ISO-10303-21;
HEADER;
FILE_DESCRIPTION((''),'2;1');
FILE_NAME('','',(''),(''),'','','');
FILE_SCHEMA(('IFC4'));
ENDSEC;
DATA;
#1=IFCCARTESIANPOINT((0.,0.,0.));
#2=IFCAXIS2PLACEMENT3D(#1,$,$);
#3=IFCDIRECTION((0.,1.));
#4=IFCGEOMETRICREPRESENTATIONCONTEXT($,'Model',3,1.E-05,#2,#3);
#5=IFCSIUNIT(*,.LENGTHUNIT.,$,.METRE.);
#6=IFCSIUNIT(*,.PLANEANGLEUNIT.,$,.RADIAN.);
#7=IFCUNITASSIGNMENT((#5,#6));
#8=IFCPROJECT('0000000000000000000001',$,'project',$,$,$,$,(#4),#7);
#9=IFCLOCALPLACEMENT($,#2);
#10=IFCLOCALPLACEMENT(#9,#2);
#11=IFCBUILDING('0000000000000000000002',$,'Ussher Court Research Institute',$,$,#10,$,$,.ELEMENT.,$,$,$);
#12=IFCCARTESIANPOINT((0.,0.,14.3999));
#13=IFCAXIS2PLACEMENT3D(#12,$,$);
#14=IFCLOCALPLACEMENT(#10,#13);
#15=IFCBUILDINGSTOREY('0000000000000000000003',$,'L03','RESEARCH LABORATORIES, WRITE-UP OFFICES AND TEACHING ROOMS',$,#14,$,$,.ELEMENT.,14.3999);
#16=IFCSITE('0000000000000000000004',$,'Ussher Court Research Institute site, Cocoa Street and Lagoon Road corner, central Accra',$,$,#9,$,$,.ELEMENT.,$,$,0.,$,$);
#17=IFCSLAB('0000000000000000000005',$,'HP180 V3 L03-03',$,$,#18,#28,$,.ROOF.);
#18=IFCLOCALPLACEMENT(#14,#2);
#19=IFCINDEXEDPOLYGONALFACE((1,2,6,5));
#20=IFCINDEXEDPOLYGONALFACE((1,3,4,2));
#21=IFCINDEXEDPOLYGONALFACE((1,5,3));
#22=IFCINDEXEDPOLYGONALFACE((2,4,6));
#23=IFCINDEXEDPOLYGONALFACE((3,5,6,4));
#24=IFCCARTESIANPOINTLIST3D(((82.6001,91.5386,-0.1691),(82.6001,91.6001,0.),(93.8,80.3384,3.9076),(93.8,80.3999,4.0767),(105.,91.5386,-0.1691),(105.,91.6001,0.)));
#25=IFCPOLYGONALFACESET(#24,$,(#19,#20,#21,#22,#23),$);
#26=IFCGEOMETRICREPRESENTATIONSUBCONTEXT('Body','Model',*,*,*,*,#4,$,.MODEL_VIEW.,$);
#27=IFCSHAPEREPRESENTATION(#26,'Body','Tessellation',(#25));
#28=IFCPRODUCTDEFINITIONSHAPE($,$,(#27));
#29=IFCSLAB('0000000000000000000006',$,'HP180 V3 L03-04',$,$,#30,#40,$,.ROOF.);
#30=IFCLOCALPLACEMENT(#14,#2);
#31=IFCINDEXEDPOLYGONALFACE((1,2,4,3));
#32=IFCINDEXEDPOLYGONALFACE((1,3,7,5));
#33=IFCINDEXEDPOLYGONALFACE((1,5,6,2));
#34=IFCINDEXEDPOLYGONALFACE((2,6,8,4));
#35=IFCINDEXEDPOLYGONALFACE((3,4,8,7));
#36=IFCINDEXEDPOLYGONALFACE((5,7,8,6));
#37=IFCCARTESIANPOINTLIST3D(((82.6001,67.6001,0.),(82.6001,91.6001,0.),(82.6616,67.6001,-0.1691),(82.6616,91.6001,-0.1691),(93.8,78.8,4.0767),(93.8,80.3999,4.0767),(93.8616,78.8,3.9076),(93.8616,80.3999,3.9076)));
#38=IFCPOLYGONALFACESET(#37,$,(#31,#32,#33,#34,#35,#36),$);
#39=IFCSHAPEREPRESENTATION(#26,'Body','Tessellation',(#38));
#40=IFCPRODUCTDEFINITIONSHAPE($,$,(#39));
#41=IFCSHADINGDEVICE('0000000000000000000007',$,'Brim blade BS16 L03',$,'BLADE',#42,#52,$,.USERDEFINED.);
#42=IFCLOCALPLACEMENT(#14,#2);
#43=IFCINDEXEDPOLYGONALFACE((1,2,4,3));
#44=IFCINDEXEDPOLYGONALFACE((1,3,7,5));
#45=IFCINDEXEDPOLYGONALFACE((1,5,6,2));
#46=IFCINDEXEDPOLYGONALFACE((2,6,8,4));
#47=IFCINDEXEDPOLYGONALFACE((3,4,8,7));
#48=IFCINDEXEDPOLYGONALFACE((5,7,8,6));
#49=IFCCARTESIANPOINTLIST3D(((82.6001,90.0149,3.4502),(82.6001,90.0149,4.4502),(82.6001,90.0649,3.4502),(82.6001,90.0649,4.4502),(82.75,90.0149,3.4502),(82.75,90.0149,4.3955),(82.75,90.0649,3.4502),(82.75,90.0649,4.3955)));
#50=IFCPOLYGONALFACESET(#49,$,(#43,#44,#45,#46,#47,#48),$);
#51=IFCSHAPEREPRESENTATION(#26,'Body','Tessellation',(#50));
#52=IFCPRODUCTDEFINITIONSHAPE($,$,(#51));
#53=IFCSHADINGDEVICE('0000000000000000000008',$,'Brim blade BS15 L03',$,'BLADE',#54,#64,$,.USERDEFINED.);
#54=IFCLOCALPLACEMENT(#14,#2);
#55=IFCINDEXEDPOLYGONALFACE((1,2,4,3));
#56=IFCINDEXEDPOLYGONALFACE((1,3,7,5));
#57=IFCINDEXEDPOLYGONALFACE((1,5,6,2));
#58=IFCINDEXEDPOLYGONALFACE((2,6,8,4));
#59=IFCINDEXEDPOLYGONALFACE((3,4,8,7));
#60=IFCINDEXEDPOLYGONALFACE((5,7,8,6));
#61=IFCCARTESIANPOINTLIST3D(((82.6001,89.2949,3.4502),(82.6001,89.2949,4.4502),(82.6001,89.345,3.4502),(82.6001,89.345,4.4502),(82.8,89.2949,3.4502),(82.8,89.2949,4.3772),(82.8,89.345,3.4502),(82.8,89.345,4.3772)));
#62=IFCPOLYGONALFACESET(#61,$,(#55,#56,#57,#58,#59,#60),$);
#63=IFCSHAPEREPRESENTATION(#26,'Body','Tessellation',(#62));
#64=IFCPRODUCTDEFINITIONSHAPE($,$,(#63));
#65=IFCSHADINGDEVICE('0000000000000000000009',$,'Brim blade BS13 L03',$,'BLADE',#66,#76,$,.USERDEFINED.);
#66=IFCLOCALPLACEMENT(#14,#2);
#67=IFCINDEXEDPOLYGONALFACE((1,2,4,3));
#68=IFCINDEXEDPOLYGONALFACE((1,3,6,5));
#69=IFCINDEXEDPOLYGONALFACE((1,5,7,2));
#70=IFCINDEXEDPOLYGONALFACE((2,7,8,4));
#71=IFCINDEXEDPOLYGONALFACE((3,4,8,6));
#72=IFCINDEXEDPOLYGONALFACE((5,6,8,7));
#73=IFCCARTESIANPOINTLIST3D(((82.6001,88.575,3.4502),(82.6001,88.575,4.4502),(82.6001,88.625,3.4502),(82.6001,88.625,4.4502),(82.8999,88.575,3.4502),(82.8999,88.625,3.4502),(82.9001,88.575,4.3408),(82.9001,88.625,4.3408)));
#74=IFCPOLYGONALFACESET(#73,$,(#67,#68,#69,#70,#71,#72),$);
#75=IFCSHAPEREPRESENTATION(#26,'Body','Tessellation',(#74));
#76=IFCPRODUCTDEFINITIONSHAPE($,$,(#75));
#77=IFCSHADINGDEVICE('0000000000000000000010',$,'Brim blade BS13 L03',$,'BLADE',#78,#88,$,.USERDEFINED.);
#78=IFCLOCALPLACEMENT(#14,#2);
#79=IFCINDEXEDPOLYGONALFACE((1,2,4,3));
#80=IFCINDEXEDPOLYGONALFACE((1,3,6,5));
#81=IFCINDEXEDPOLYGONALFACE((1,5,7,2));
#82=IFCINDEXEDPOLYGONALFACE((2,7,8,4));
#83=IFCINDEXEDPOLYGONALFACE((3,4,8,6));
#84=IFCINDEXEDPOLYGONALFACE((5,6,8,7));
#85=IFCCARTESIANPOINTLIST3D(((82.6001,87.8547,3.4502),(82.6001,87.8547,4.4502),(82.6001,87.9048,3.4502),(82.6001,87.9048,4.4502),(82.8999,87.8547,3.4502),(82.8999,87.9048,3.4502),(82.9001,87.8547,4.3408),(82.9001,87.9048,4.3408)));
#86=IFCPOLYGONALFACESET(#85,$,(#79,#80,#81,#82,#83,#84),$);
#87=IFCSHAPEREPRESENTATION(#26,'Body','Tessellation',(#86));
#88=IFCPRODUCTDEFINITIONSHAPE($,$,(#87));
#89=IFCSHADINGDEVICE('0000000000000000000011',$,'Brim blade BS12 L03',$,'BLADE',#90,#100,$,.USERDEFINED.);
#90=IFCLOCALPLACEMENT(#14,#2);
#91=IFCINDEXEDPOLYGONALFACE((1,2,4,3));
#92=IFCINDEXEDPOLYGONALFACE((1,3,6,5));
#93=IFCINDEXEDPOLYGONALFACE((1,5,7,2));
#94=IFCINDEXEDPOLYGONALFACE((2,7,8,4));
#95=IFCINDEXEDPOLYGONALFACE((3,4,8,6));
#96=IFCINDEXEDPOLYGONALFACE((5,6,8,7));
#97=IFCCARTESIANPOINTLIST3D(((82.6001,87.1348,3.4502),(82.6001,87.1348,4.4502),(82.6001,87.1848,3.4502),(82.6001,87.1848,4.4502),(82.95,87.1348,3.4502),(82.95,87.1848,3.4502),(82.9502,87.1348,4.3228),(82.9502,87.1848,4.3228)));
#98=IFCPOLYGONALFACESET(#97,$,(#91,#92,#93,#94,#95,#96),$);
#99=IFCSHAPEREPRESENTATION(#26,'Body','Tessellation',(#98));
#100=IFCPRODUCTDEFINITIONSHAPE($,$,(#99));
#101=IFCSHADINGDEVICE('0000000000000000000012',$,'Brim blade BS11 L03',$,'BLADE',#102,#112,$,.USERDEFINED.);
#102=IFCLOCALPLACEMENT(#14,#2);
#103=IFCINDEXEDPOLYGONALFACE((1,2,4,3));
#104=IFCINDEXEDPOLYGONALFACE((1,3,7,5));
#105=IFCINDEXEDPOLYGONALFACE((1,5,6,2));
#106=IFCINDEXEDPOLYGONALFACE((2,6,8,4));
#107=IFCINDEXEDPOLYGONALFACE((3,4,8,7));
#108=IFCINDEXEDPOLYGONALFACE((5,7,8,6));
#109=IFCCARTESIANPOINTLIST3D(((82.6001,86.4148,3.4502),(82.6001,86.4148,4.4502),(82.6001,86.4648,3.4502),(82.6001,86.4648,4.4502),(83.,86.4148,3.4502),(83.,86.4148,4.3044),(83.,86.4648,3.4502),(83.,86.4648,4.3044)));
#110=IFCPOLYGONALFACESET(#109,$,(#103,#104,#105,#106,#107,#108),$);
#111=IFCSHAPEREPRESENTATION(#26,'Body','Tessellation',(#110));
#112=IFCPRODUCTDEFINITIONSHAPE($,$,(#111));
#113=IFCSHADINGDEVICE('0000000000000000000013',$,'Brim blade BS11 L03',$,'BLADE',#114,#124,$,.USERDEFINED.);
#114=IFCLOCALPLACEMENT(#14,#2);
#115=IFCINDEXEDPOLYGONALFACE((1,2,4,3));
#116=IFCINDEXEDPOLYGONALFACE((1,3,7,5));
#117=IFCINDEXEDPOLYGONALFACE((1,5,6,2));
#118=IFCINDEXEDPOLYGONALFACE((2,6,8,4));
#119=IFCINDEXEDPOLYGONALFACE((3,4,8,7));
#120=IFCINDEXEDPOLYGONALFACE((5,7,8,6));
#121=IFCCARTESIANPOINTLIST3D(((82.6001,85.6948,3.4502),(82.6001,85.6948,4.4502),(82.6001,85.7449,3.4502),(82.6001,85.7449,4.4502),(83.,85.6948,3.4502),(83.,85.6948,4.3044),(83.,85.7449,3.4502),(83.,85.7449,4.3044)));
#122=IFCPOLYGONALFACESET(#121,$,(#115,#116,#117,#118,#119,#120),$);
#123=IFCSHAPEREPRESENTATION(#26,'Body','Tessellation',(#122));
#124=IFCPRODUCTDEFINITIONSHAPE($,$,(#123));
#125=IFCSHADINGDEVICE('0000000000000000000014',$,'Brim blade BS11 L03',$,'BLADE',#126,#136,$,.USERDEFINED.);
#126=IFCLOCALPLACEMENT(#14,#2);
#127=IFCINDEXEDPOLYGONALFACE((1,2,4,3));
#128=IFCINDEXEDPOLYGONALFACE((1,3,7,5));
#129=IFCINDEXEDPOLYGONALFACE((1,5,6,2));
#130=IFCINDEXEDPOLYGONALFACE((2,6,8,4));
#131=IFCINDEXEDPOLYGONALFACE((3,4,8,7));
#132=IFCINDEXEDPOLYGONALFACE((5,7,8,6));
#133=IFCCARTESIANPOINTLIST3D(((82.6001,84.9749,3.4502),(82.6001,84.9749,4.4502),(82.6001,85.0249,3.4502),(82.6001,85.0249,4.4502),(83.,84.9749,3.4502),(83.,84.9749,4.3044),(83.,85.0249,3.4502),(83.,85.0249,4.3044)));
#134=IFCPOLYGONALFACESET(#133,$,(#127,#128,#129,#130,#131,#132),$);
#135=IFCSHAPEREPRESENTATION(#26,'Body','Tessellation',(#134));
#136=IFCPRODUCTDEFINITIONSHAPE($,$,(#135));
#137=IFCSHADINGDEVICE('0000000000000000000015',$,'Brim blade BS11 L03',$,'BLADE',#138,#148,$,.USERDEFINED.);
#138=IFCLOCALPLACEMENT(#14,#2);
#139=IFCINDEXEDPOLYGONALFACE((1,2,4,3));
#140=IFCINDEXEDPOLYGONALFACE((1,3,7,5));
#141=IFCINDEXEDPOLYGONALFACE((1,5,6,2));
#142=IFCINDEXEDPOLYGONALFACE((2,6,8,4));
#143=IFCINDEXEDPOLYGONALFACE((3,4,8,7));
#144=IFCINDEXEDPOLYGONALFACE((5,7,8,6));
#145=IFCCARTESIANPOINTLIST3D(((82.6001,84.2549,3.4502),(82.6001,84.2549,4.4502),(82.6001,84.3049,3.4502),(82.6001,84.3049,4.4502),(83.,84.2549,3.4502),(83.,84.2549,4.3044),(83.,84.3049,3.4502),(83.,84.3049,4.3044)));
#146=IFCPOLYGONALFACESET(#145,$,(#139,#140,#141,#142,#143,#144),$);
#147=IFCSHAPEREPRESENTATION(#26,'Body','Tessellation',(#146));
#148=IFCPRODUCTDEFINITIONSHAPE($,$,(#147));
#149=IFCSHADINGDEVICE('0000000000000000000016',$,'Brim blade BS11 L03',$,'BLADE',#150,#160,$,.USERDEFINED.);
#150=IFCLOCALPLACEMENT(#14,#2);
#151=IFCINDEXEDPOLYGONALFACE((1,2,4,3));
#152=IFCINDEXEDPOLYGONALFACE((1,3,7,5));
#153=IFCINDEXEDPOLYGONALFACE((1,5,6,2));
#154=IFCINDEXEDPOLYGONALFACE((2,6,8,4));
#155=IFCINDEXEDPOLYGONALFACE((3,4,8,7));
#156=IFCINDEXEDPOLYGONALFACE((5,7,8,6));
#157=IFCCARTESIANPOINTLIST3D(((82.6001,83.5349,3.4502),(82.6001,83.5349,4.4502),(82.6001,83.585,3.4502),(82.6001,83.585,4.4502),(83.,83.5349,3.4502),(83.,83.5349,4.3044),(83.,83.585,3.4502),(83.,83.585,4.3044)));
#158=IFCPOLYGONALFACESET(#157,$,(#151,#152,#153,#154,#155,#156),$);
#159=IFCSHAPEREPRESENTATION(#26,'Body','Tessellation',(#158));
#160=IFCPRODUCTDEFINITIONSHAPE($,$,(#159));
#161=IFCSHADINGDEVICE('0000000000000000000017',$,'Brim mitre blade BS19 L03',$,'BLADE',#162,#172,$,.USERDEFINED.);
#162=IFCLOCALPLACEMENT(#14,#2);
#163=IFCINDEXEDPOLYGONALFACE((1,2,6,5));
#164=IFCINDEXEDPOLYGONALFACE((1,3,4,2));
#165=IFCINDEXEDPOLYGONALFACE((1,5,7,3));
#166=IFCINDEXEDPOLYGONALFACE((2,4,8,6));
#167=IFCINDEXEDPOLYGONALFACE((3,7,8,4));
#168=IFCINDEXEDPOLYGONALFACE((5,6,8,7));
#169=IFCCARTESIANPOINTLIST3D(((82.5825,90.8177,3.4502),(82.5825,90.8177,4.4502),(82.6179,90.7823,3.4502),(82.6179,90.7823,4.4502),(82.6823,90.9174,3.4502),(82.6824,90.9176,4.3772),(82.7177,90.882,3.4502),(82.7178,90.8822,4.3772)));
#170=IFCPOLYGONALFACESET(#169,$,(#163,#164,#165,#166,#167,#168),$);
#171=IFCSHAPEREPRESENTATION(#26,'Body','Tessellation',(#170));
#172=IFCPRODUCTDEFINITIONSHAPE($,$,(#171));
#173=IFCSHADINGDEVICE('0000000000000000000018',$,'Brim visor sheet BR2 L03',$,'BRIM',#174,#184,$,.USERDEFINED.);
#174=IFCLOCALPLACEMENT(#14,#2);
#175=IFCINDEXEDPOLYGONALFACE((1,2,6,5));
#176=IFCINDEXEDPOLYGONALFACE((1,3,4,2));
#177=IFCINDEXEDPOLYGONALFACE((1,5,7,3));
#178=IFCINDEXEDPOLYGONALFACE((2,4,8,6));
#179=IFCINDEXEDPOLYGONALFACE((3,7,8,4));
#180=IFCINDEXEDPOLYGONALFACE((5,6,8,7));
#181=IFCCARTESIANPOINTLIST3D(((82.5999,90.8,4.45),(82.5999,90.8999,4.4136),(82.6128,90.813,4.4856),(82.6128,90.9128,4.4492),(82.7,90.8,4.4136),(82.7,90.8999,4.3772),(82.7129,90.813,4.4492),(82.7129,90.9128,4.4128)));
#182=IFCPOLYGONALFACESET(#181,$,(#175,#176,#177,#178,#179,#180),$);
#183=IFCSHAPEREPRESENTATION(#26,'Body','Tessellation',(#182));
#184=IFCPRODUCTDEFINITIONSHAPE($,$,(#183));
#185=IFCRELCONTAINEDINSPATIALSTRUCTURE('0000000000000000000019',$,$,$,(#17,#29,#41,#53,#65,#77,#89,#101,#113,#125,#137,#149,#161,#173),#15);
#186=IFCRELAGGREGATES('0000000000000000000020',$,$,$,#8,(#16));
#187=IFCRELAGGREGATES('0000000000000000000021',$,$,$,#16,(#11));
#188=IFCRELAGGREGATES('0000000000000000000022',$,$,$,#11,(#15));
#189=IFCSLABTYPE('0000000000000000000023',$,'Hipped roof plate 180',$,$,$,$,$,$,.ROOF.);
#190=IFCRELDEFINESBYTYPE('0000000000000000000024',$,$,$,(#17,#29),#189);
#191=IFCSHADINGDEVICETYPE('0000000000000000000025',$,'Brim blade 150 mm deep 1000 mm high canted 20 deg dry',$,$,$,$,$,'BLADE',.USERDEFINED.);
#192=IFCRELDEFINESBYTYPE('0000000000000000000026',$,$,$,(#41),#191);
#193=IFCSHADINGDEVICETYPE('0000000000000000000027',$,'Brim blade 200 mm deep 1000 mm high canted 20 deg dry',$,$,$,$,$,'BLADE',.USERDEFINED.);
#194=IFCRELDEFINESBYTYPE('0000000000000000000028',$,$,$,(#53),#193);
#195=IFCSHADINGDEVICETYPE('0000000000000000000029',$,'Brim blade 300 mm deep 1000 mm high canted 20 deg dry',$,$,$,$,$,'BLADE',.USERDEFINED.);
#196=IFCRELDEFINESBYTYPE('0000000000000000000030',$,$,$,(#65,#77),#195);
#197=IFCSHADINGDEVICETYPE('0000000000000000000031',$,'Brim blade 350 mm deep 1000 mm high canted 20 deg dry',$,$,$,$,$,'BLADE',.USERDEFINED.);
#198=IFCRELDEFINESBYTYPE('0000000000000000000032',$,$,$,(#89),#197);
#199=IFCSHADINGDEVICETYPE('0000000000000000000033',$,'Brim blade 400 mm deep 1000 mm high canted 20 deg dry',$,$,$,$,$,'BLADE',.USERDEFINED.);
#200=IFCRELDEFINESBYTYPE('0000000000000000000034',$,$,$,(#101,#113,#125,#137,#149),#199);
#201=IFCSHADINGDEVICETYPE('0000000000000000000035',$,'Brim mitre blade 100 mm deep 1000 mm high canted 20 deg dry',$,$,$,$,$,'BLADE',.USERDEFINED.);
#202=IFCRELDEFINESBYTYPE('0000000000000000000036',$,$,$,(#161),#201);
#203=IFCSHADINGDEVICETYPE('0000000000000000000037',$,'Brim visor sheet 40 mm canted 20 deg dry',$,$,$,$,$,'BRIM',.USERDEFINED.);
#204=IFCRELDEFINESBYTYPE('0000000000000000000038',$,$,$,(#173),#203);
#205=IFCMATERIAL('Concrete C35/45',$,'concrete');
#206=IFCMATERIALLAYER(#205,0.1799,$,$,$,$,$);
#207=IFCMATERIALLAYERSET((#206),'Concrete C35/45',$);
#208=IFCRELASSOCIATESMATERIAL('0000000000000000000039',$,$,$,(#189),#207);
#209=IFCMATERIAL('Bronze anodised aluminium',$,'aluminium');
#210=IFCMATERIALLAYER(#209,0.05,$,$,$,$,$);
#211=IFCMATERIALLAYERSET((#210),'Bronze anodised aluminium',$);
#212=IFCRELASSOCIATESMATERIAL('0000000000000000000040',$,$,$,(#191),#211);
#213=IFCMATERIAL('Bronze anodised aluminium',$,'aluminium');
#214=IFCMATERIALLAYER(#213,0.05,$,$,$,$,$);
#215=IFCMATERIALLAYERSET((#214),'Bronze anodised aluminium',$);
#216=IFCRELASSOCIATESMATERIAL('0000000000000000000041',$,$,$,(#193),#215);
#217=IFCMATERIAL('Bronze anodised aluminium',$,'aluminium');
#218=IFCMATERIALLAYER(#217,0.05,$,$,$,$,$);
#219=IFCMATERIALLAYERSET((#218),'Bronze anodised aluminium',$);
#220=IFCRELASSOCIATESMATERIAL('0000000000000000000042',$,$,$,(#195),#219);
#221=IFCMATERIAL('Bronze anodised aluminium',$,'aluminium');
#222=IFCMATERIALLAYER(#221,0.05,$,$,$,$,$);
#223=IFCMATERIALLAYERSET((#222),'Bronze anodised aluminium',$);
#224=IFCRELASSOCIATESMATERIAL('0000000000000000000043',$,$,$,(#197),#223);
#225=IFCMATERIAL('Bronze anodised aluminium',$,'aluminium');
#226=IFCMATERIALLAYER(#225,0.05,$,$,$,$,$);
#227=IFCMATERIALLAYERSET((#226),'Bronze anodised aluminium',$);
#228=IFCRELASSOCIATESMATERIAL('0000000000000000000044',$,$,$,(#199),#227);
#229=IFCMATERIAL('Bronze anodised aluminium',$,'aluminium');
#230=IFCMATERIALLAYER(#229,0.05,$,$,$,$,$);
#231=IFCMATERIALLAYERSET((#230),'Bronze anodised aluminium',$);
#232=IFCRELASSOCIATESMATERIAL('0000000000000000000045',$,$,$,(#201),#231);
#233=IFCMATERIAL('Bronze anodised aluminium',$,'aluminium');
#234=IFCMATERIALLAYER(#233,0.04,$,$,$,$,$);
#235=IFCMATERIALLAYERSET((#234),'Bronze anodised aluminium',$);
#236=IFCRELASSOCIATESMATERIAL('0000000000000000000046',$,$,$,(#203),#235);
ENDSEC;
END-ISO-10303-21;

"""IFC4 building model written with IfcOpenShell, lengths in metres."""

from ifc_helpers import new_model, si_unit, direction, frame, origin, place, context, subcontext, project, spatial, polyline, outline, extrude, material, layer, layer_set, type_object, element, save


model = new_model("IFC4")

# Units and contexts
model_context = context("Model", 3, precision=1e-05, world=origin(), true_north=direction((0.0, 1.0)))
body_context = subcontext(model_context, "Body", "Model", "MODEL_VIEW")
ifc_project = project(units=[si_unit("LENGTHUNIT", "METRE"), si_unit("PLANEANGLEUNIT", "RADIAN")], contexts=[model_context])

# Site, building, storey
site_placement = place(None, origin())
site = spatial("IfcSite", under=ifc_project, at=site_placement, Name="Ussher Court Research Institute site, Cocoa Street and Lagoon Road corner, central Accra", CompositionType="ELEMENT", RefElevation=0.0)
building_placement = place(site_placement, origin())
building = spatial("IfcBuilding", under=site, at=building_placement, Name="Ussher Court Research Institute", CompositionType="ELEMENT")
storey_placement = place(building_placement, frame((0.0, 0.0, 14.3999)))
storey = spatial("IfcBuildingStorey", under=building, at=storey_placement, Name="L03", Description="RESEARCH LABORATORIES, WRITE-UP OFFICES AND TEACHING ROOMS", CompositionType="ELEMENT", Elevation=14.3999)

# Slabs
ifc_material_1 = material(Name="Concrete C35/45", Category="concrete")
ifc_layer_1 = layer(ifc_material_1, 0.1799)
ifc_layer_set_1 = layer_set([ifc_layer_1], Name="Concrete C35/45")
slab_type = type_object("IfcSlabType", Name="Hipped roof plate 180", PredefinedType="ROOF", material=ifc_layer_set_1)
slab_1_placement = place(storey_placement, frame((105.0, 91.6001, 0.0), z_axis=(0.0, 0.342029, 0.939689), x_axis=(-1.0, 0.0, 0.0)))
element("IfcSlab", 1, at=slab_1_placement, inside=storey, type_object=slab_type, Name="HP180 V3 L03-03", PredefinedType="ROOF", context=body_context, shape_type="SweptSolid", body=[
    extrude(outline(polyline([(0.0, 0.0), (22.3999, 0.0), (11.2, 11.919), (0.0, 0.0)])), origin(), (0.0, 0.0, -1.0), 0.1799),
])
slab_2_placement = place(storey_placement, frame((82.6001, 91.6001, 0.0), z_axis=(-0.342036, 0.0, 0.939687), x_axis=(0.0, -1.0, 0.0)))
element("IfcSlab", 2, at=slab_2_placement, inside=storey, type_object=slab_type, Name="HP180 V3 L03-04", PredefinedType="ROOF", context=body_context, shape_type="SweptSolid", body=[
    extrude(outline(polyline([(0.0, 0.0), (24.0, 0.0), (12.8, 11.9188), (11.2002, 11.9188), (0.0, 0.0)])), origin(), (0.0, 0.0, -1.0), 0.1799),
])

# Shading devices
ifc_material_2 = material(Name="Bronze anodised aluminium", Category="aluminium")
ifc_layer_2 = layer(ifc_material_2, 0.05)
ifc_layer_set_2 = layer_set([ifc_layer_2], Name="Bronze anodised aluminium")
shading_device_type_1 = type_object("IfcShadingDeviceType", Name="Brim blade 150 mm deep 1000 mm high canted 20 deg dry", ElementType="BLADE", PredefinedType="USERDEFINED", material=ifc_layer_set_2)
shading_device_1_placement = place(storey_placement, frame((82.6001, 90.04, 3.4502), z_axis=(0.0, 0.0, 1.0), x_axis=(1.0, 0.0, 0.0)))
element("IfcShadingDevice", 3, at=shading_device_1_placement, inside=storey, type_object=shading_device_type_1, Name="Brim blade BS16 L03", ObjectType="BLADE", PredefinedType="USERDEFINED", context=body_context, shape_type="SweptSolid", body=[
    extrude(outline(polyline([(0.0, 0.0), (0.1499, 0.0), (0.1499, 0.9453), (0.0, 1.0), (0.0, 0.0)])), frame((0.0, 0.0249, 0.0), z_axis=(0.0, -1.0, 0.0), x_axis=(1.0, 0.0, 0.0)), (0.0, 0.0, 1.0), 0.05),
])
ifc_material_3 = material(Name="Bronze anodised aluminium", Category="aluminium")
ifc_layer_3 = layer(ifc_material_3, 0.05)
ifc_layer_set_3 = layer_set([ifc_layer_3], Name="Bronze anodised aluminium")
shading_device_type_2 = type_object("IfcShadingDeviceType", Name="Brim blade 200 mm deep 1000 mm high canted 20 deg dry", ElementType="BLADE", PredefinedType="USERDEFINED", material=ifc_layer_set_3)
shading_device_2_placement = place(storey_placement, frame((82.6001, 89.3201, 3.4502), z_axis=(0.0, 0.0, 1.0), x_axis=(1.0, 0.0, 0.0)))
element("IfcShadingDevice", 4, at=shading_device_2_placement, inside=storey, type_object=shading_device_type_2, Name="Brim blade BS15 L03", ObjectType="BLADE", PredefinedType="USERDEFINED", context=body_context, shape_type="SweptSolid", body=[
    extrude(outline(polyline([(0.0, 0.0), (0.2, 0.0), (0.2, 0.927), (0.0, 1.0), (0.0, 0.0)])), frame((0.0, 0.0249, 0.0), z_axis=(0.0, -1.0, 0.0), x_axis=(1.0, 0.0, 0.0)), (0.0, 0.0, 1.0), 0.05),
])
ifc_material_4 = material(Name="Bronze anodised aluminium", Category="aluminium")
ifc_layer_4 = layer(ifc_material_4, 0.05)
ifc_layer_set_4 = layer_set([ifc_layer_4], Name="Bronze anodised aluminium")
shading_device_type_3 = type_object("IfcShadingDeviceType", Name="Brim blade 300 mm deep 1000 mm high canted 20 deg dry", ElementType="BLADE", PredefinedType="USERDEFINED", material=ifc_layer_set_4)
for number, where, z_axis, x_axis, name in (
    (5, (82.6001, 88.6001, 3.4502), (0.0, 0.0, 1.0), (1.0, 0.0, 0.0), "Brim blade BS13 L03"),
    (6, (82.6001, 87.8799, 3.4502), (0.0, 0.0, 1.0), (1.0, 0.0, 0.0), "Brim blade BS13 L03"),
):
    element("IfcShadingDevice", number, at=place(storey_placement, frame(where, z_axis=z_axis, x_axis=x_axis)), inside=storey, type_object=shading_device_type_3, Name=name, ObjectType="BLADE", PredefinedType="USERDEFINED", context=body_context, shape_type="SweptSolid", body=[
        extrude(outline(polyline([(0.0, 0.0), (0.2998, 0.0), (0.3, 0.8906), (0.0, 1.0), (0.0, 0.0)])), frame((0.0, 0.0249, 0.0), z_axis=(0.0, -1.0, 0.0), x_axis=(1.0, 0.0, 0.0)), (0.0, 0.0, 1.0), 0.05),
    ])
ifc_material_5 = material(Name="Bronze anodised aluminium", Category="aluminium")
ifc_layer_5 = layer(ifc_material_5, 0.05)
ifc_layer_set_5 = layer_set([ifc_layer_5], Name="Bronze anodised aluminium")
shading_device_type_4 = type_object("IfcShadingDeviceType", Name="Brim blade 350 mm deep 1000 mm high canted 20 deg dry", ElementType="BLADE", PredefinedType="USERDEFINED", material=ifc_layer_set_5)
shading_device_3_placement = place(storey_placement, frame((82.6001, 87.1599, 3.4502), z_axis=(0.0, 0.0, 1.0), x_axis=(1.0, 0.0, 0.0)))
element("IfcShadingDevice", 7, at=shading_device_3_placement, inside=storey, type_object=shading_device_type_4, Name="Brim blade BS12 L03", ObjectType="BLADE", PredefinedType="USERDEFINED", context=body_context, shape_type="SweptSolid", body=[
    extrude(outline(polyline([(0.0, 0.0), (0.3499, 0.0), (0.3501, 0.8726), (0.0, 1.0), (0.0, 0.0)])), frame((0.0, 0.0249, 0.0), z_axis=(0.0, -1.0, 0.0), x_axis=(1.0, 0.0, 0.0)), (0.0, 0.0, 1.0), 0.05),
])
ifc_material_6 = material(Name="Bronze anodised aluminium", Category="aluminium")
ifc_layer_6 = layer(ifc_material_6, 0.05)
ifc_layer_set_6 = layer_set([ifc_layer_6], Name="Bronze anodised aluminium")
shading_device_type_5 = type_object("IfcShadingDeviceType", Name="Brim blade 400 mm deep 1000 mm high canted 20 deg dry", ElementType="BLADE", PredefinedType="USERDEFINED", material=ifc_layer_set_6)
for number, where, z_axis, x_axis, name in (
    (8, (82.6001, 86.4399, 3.4502), (0.0, 0.0, 1.0), (1.0, 0.0, 0.0), "Brim blade BS11 L03"),
    (9, (82.6001, 85.72, 3.4502), (0.0, 0.0, 1.0), (1.0, 0.0, 0.0), "Brim blade BS11 L03"),
    (10, (82.6001, 85.0, 3.4502), (0.0, 0.0, 1.0), (1.0, 0.0, 0.0), "Brim blade BS11 L03"),
    (11, (82.6001, 84.28, 3.4502), (0.0, 0.0, 1.0), (1.0, 0.0, 0.0), "Brim blade BS11 L03"),
    (12, (82.6001, 83.5601, 3.4502), (0.0, 0.0, 1.0), (1.0, 0.0, 0.0), "Brim blade BS11 L03"),
):
    element("IfcShadingDevice", number, at=place(storey_placement, frame(where, z_axis=z_axis, x_axis=x_axis)), inside=storey, type_object=shading_device_type_5, Name=name, ObjectType="BLADE", PredefinedType="USERDEFINED", context=body_context, shape_type="SweptSolid", body=[
        extrude(outline(polyline([(0.0, 0.0), (0.3999, 0.0), (0.3999, 0.8542), (0.0, 1.0), (0.0, 0.0)])), frame((0.0, 0.0249, 0.0), z_axis=(0.0, -1.0, 0.0), x_axis=(1.0, 0.0, 0.0)), (0.0, 0.0, 1.0), 0.05),
    ])
ifc_material_7 = material(Name="Bronze anodised aluminium", Category="aluminium")
ifc_layer_7 = layer(ifc_material_7, 0.05)
ifc_layer_set_7 = layer_set([ifc_layer_7], Name="Bronze anodised aluminium")
shading_device_type_6 = type_object("IfcShadingDeviceType", Name="Brim mitre blade 100 mm deep 1000 mm high canted 20 deg dry", ElementType="BLADE", PredefinedType="USERDEFINED", material=ifc_layer_set_7)
shading_device_4_placement = place(storey_placement, frame((82.6001, 90.8, 3.4502), z_axis=(0.0, 0.0, 1.0), x_axis=(0.707107, 0.707107, 0.0)))
element("IfcShadingDevice", 13, at=shading_device_4_placement, inside=storey, type_object=shading_device_type_6, Name="Brim mitre blade BS19 L03", ObjectType="BLADE", PredefinedType="USERDEFINED", context=body_context, shape_type="SweptSolid", body=[
    extrude(outline(polyline([(0.0, 0.0), (0.1411, 0.0), (0.1414, 0.927), (0.0, 1.0), (0.0, 0.0)])), frame((0.0, 0.0249, 0.0), z_axis=(0.0, -1.0, 0.0), x_axis=(1.0, 0.0, 0.0)), (0.0, 0.0, 1.0), 0.05),
])
ifc_material_8 = material(Name="Bronze anodised aluminium", Category="aluminium")
ifc_layer_8 = layer(ifc_material_8, 0.04)
ifc_layer_set_8 = layer_set([ifc_layer_8], Name="Bronze anodised aluminium")
shading_device_type_7 = type_object("IfcShadingDeviceType", Name="Brim visor sheet 40 mm canted 20 deg dry", ElementType="BRIM", PredefinedType="USERDEFINED", material=ifc_layer_set_8)
shading_device_5_placement = place(storey_placement, frame((82.6128, 90.813, 4.4856), z_axis=(0.323142, 0.323932, 0.889183), x_axis=(0.93986, 0.0, -0.341559)))
element("IfcShadingDevice", 14, at=shading_device_5_placement, inside=storey, type_object=shading_device_type_7, Name="Brim visor sheet BR2 L03", ObjectType="BRIM", PredefinedType="USERDEFINED", context=body_context, shape_type="SweptSolid", body=[
    extrude(outline(polyline([(0.0, 0.0), (0.1065, 0.0), (0.1189, 0.1055), (0.0124, 0.1055), (0.0, 0.0)])), origin(), (0.0, 0.0, -1.0), 0.04),
])

save(model, "model.ifc")
